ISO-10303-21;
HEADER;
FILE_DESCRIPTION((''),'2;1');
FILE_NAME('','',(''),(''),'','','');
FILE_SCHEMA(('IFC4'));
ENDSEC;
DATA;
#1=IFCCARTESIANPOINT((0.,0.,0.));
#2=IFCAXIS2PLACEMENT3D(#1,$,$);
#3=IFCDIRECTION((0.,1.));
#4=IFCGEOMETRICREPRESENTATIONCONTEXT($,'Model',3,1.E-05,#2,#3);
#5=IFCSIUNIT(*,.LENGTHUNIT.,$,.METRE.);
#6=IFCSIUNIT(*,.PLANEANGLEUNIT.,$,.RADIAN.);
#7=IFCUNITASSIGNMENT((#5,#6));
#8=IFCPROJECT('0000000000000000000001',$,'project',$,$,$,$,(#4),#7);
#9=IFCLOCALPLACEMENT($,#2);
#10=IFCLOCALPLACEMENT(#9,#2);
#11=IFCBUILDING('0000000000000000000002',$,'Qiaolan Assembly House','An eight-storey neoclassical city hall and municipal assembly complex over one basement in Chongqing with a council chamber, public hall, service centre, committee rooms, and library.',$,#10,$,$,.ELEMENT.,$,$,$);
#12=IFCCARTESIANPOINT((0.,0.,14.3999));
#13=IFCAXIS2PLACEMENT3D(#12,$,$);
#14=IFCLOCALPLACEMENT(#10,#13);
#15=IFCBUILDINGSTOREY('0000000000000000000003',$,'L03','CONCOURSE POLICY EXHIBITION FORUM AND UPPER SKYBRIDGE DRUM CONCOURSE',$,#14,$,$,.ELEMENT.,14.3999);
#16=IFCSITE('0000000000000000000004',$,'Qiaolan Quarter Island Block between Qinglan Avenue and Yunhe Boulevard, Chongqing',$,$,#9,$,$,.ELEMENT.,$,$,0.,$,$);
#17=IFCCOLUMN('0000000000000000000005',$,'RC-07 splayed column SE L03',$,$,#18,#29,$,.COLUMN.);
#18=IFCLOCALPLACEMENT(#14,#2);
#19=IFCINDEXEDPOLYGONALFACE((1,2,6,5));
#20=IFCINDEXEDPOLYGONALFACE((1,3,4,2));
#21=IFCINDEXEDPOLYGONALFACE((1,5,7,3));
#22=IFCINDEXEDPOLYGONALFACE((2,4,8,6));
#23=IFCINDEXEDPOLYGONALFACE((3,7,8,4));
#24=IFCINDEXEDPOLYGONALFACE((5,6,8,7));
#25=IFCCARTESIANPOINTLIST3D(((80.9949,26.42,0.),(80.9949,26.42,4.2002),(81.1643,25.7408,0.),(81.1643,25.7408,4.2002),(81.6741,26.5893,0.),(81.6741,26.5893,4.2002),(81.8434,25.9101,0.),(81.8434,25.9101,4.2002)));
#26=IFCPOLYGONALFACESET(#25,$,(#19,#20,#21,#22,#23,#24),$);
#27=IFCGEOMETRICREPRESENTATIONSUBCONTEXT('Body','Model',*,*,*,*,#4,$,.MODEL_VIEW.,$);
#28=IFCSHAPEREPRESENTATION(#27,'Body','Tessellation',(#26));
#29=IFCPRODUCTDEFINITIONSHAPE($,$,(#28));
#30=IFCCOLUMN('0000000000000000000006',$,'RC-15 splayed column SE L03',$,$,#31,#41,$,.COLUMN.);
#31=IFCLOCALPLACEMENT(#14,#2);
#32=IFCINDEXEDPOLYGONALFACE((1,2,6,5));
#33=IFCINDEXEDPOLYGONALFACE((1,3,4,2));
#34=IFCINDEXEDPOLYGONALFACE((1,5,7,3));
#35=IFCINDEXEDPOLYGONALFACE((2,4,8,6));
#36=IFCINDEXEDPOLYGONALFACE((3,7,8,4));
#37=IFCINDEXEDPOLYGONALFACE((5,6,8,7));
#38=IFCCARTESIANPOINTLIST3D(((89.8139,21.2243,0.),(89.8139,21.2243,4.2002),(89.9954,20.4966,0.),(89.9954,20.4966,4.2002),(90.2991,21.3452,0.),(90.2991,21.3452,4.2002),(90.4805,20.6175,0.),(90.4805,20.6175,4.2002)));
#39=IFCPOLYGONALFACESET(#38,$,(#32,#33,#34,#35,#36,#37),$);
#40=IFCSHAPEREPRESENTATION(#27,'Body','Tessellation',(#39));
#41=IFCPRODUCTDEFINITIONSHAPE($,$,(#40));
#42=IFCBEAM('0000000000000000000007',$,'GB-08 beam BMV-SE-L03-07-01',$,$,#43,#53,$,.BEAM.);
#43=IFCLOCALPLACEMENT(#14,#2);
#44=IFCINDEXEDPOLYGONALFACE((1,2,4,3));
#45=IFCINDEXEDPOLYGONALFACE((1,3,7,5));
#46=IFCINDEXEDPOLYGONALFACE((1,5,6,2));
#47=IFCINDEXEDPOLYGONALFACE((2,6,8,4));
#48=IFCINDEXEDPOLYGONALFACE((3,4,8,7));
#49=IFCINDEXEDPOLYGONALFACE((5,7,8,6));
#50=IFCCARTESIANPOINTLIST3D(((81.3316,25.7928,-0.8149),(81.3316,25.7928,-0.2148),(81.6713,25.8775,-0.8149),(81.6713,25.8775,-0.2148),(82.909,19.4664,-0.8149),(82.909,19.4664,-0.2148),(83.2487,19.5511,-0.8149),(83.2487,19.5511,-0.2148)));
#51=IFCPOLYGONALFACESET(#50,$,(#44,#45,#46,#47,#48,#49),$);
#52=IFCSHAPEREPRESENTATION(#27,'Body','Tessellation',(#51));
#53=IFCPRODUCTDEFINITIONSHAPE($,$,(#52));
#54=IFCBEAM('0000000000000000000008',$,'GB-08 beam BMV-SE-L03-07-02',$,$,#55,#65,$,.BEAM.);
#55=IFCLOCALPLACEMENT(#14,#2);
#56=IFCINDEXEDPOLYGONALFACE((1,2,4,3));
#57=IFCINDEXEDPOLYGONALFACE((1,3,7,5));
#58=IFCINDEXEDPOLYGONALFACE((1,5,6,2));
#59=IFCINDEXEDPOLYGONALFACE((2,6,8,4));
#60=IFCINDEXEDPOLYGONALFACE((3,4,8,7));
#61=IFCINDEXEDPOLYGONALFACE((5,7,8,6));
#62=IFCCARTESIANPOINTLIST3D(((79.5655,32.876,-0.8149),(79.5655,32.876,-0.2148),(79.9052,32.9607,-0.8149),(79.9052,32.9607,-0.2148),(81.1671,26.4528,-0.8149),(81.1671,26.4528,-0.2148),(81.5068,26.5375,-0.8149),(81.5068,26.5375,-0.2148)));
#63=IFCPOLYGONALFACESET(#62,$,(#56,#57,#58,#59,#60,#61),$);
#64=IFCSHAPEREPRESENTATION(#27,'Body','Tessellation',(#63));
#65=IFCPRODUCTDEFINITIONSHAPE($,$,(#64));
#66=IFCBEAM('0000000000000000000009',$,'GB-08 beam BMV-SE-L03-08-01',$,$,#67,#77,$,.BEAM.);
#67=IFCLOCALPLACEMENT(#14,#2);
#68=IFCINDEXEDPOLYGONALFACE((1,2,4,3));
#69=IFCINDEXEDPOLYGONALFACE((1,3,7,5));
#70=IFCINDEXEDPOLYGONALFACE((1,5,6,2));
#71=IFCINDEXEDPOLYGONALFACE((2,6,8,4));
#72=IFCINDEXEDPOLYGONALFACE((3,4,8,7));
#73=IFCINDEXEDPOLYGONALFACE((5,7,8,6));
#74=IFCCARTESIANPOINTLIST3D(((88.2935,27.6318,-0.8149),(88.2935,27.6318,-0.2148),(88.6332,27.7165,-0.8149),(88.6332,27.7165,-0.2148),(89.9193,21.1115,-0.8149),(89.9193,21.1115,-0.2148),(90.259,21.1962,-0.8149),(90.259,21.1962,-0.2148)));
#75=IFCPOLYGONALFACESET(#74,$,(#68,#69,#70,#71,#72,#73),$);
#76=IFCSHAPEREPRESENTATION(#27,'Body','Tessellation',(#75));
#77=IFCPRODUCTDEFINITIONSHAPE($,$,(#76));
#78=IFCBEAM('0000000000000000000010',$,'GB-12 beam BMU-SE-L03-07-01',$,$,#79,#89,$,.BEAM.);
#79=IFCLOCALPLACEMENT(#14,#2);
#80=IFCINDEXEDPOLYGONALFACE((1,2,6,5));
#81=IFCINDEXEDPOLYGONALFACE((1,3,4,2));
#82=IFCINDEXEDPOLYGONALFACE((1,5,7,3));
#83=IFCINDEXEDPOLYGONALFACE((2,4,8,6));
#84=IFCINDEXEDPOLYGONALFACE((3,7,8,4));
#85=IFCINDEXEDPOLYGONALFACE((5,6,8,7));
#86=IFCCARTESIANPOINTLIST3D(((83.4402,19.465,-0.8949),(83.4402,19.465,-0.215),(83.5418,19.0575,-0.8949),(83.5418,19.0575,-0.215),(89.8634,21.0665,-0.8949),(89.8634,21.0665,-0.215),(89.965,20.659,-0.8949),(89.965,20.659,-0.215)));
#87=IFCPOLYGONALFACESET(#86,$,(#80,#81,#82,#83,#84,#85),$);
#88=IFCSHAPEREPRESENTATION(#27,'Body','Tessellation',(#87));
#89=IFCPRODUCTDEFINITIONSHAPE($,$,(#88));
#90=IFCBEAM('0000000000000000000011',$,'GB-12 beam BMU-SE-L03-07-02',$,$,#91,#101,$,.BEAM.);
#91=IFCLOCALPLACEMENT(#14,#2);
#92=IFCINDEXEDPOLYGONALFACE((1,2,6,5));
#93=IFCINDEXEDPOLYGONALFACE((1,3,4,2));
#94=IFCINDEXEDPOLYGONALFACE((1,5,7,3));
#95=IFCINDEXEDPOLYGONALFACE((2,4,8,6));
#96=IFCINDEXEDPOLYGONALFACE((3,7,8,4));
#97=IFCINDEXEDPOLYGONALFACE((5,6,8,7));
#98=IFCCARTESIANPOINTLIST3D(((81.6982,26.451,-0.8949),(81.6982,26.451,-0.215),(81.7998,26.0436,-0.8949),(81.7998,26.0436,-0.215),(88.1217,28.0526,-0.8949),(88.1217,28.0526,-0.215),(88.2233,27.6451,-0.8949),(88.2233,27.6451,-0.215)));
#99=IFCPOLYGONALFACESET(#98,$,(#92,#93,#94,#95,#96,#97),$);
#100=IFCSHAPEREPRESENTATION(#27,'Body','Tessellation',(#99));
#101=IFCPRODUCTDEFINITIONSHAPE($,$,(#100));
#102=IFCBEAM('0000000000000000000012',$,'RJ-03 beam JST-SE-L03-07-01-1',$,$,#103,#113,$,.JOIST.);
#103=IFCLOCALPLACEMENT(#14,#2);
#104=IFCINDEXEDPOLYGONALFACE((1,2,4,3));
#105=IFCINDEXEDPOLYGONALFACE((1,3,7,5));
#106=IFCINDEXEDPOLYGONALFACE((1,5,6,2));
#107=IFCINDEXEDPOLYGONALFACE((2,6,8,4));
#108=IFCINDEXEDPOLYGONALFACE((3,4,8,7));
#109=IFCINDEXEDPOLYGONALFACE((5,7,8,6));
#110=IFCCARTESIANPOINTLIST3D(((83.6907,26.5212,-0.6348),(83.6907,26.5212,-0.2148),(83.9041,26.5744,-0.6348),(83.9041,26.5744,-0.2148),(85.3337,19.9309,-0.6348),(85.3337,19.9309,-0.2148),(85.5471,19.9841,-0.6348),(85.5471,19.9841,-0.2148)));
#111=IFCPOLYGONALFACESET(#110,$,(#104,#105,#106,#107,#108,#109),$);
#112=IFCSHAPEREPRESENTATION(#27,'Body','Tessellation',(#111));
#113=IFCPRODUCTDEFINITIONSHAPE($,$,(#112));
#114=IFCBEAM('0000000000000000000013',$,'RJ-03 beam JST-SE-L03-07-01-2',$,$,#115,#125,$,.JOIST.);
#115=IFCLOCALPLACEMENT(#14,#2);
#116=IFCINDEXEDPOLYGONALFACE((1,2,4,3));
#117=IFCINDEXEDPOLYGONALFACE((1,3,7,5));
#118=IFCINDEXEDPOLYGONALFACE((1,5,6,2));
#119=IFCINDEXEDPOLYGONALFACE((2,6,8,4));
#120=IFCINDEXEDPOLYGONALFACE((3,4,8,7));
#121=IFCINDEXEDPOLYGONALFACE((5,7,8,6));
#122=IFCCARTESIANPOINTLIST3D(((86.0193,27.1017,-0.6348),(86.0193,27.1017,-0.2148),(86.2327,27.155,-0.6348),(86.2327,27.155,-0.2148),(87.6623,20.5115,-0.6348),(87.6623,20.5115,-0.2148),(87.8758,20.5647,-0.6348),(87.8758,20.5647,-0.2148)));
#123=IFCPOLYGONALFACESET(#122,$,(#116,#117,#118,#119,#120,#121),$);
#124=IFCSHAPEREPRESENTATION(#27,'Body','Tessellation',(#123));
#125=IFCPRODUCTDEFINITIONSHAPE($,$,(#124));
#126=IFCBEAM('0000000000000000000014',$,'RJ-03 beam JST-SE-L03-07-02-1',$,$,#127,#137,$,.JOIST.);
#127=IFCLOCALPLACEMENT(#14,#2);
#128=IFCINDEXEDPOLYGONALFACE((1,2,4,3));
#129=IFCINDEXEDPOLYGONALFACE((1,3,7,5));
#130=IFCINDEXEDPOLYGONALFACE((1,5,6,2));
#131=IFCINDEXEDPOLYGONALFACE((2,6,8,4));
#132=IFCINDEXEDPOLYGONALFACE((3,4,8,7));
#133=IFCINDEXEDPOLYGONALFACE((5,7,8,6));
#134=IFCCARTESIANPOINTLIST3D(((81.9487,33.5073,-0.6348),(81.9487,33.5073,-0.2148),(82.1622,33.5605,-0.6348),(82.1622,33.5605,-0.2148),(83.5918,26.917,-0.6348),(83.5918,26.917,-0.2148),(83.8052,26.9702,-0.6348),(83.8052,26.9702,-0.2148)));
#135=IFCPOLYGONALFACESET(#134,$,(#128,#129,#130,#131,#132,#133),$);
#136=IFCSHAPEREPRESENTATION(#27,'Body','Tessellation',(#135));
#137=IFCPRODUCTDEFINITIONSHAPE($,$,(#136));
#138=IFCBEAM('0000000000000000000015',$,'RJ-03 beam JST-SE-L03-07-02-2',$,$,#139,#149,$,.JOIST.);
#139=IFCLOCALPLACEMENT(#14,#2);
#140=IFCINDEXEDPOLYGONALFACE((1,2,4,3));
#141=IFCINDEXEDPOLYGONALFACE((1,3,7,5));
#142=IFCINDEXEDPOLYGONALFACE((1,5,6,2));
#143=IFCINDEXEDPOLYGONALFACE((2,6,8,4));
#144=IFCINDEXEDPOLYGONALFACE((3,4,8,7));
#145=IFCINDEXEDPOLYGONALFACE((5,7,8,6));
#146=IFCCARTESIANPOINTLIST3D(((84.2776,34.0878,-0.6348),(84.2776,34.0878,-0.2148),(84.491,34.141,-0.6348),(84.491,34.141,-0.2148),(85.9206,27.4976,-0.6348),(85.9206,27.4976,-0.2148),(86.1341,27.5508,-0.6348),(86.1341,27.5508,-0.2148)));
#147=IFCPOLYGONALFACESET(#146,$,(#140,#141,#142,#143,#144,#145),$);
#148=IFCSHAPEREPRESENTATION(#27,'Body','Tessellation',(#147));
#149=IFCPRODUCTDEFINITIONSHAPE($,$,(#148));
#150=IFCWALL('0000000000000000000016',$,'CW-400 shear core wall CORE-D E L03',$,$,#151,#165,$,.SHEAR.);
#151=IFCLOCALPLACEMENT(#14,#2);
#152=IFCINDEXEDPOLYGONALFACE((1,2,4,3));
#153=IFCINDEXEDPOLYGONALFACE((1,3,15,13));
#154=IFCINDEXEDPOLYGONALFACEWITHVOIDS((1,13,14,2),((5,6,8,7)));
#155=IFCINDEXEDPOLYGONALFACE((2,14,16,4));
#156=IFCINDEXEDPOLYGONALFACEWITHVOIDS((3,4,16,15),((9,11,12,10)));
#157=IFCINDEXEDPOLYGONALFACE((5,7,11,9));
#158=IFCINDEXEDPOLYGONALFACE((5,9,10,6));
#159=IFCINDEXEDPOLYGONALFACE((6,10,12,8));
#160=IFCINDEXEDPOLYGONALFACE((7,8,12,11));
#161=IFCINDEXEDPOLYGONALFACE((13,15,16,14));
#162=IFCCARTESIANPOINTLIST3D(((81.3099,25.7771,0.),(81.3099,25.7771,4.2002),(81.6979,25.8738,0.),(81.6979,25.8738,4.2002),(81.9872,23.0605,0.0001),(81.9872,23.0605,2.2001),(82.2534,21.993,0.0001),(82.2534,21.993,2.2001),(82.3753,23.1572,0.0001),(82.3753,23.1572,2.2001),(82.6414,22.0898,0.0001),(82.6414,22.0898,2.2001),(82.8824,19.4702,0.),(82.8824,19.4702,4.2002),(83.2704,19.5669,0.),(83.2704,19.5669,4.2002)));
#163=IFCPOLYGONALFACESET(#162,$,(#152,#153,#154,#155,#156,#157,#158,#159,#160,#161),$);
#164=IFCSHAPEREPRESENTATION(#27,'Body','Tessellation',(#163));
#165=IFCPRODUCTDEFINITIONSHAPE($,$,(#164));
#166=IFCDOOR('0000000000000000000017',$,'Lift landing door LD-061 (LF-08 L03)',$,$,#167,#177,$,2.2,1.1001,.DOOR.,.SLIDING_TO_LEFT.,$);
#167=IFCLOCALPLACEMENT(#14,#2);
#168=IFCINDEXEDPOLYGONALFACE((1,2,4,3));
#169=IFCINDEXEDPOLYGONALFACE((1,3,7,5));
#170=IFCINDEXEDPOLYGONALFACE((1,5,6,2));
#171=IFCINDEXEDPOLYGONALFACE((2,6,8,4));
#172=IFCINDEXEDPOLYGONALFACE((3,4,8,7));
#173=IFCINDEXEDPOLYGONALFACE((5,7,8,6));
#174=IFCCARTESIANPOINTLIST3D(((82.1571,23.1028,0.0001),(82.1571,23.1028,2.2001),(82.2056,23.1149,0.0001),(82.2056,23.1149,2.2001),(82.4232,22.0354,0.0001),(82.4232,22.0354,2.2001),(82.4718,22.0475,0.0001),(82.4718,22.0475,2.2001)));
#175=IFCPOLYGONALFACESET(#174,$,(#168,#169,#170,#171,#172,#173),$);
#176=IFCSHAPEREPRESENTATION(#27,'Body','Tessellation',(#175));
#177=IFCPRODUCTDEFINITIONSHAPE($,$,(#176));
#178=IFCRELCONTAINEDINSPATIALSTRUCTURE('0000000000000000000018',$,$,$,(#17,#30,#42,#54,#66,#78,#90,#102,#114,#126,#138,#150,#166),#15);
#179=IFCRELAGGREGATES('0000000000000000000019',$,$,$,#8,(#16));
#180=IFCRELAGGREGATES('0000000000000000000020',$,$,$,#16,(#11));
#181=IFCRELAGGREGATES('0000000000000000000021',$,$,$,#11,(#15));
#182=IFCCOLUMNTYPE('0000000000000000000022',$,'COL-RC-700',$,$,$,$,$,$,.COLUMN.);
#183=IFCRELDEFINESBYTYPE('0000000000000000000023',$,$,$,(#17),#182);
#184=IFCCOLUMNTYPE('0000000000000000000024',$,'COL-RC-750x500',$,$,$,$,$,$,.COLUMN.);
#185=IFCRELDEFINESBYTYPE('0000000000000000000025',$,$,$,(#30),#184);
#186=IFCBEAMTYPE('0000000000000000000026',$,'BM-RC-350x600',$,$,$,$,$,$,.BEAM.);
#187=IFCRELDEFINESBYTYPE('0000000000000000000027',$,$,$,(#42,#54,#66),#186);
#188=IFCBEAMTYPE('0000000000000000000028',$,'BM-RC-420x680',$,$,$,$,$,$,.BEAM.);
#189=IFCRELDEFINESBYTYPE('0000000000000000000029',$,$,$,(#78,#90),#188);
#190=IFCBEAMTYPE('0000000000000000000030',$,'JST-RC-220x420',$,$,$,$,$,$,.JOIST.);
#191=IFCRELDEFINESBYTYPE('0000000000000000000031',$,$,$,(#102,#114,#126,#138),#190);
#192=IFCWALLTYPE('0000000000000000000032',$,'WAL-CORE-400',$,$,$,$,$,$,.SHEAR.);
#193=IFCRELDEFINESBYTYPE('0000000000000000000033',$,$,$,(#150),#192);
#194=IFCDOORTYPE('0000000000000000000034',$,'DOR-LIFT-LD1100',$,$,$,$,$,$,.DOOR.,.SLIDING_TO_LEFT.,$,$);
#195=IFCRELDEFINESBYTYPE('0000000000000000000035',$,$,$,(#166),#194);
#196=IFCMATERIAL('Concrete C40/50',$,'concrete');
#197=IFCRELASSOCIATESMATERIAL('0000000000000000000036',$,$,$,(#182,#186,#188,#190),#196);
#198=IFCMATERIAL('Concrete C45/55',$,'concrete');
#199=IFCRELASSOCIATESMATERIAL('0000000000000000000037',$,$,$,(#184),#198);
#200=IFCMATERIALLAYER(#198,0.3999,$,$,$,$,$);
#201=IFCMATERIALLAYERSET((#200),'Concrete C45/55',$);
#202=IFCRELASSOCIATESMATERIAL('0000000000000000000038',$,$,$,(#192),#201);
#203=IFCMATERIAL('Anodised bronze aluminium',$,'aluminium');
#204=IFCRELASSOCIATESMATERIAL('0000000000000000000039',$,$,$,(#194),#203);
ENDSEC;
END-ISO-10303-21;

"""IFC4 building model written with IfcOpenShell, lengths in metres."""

from ifc_helpers import new_model, si_unit, direction, frame, frame_2d, origin, origin_2d, place, context, subcontext, project, spatial, rectangle, extrude, material, layer, layer_set, material_profile, profile_set, type_object, element, fill, save


model = new_model("IFC4")

# Units and contexts
model_context = context("Model", 3, precision=1e-05, world=origin(), true_north=direction((0.0, 1.0)))
body_context = subcontext(model_context, "Body", "Model", "MODEL_VIEW")
ifc_project = project(units=[si_unit("LENGTHUNIT", "METRE"), si_unit("PLANEANGLEUNIT", "RADIAN")], contexts=[model_context])

# Site, building, storey
site_placement = place(None, origin())
site = spatial("IfcSite", under=ifc_project, at=site_placement, Name="Qiaolan Quarter Island Block between Qinglan Avenue and Yunhe Boulevard, Chongqing", CompositionType="ELEMENT", RefElevation=0.0)
building_placement = place(site_placement, origin())
building = spatial("IfcBuilding", under=site, at=building_placement, Name="Qiaolan Assembly House", Description="An eight-storey neoclassical city hall and municipal assembly complex over one basement in Chongqing with a council chamber, public hall, service centre, committee rooms, and library.", CompositionType="ELEMENT")
storey_placement = place(building_placement, frame((0.0, 0.0, 14.3999)))
storey = spatial("IfcBuildingStorey", under=building, at=storey_placement, Name="L03", Description="CONCOURSE POLICY EXHIBITION FORUM AND UPPER SKYBRIDGE DRUM CONCOURSE", CompositionType="ELEMENT", Elevation=14.3999)

# Columns
ifc_material_1 = material(Name="Concrete C40/50", Category="concrete")
ifc_material_profile_1 = material_profile(ifc_material_1, rectangle(XDim=0.7, YDim=0.7, at=origin_2d()), Name="RC 700x700")
ifc_profile_set_1 = profile_set([ifc_material_profile_1], Name="Concrete C40/50")
column_type_1 = type_object("IfcColumnType", Name="COL-RC-700", PredefinedType="COLUMN", material=ifc_profile_set_1)
column_1_placement = place(storey_placement, frame((81.4192, 26.165, 0.0), z_axis=(0.0, 0.0, 1.0), x_axis=(0.970296, 0.241922, 0.0)))
element("IfcColumn", 1, at=column_1_placement, inside=storey, type_object=column_type_1, Name="RC-07 splayed column SE L03", PredefinedType="COLUMN", context=body_context, shape_type="SweptSolid", body=[
    extrude(rectangle(XDim=0.7, YDim=0.7, at=origin_2d()), origin(), (0.0, 0.0, 1.0), 4.2002),
])
ifc_material_2 = material(Name="Concrete C45/55", Category="concrete")
ifc_material_profile_2 = material_profile(ifc_material_2, rectangle(XDim=0.5, YDim=0.75, at=origin_2d()), Name="RC 750x500")
ifc_profile_set_2 = profile_set([ifc_material_profile_2], Name="Concrete C45/55")
column_type_2 = type_object("IfcColumnType", Name="COL-RC-750x500", PredefinedType="COLUMN", material=ifc_profile_set_2)
column_2_placement = place(storey_placement, frame((90.1472, 20.9209, 0.0), z_axis=(0.0, 0.0, 1.0), x_axis=(0.970296, 0.241922, 0.0)))
element("IfcColumn", 2, at=column_2_placement, inside=storey, type_object=column_type_2, Name="RC-15 splayed column SE L03", PredefinedType="COLUMN", context=body_context, shape_type="SweptSolid", body=[
    extrude(rectangle(XDim=0.5, YDim=0.75, at=origin_2d()), origin(), (0.0, 0.0, 1.0), 4.2002),
])

# Beams
ifc_material_profile_3 = material_profile(ifc_material_1, rectangle(XDim=0.3501, YDim=0.6001, at=origin_2d()), Name="RCB 350x600")
ifc_profile_set_3 = profile_set([ifc_material_profile_3], Name="Concrete C40/50")
beam_type_1 = type_object("IfcBeamType", Name="BM-RC-350x600", PredefinedType="BEAM", material=ifc_profile_set_3)
beam_1_placement = place(storey_placement, frame((83.0789, 19.5088, -0.5149), z_axis=(-0.241928, 0.970294, 0.0), x_axis=(-0.970294, -0.241928, 0.0)))
element("IfcBeam", 3, at=beam_1_placement, inside=storey, type_object=beam_type_1, Name="GB-08 beam BMV-SE-L03-07-01", PredefinedType="BEAM", context=body_context, shape_type="SweptSolid", body=[
    extrude(rectangle(XDim=0.3501, YDim=0.6001, at=origin_2d()), origin(), (0.0, 0.0, 1.0), 6.52),
])
beam_2_placement = place(storey_placement, frame((81.3369, 26.4951, -0.5149), z_axis=(-0.241928, 0.970294, 0.0), x_axis=(-0.970294, -0.241928, 0.0)))
element("IfcBeam", 4, at=beam_2_placement, inside=storey, type_object=beam_type_1, Name="GB-08 beam BMV-SE-L03-07-02", PredefinedType="BEAM", context=body_context, shape_type="SweptSolid", body=[
    extrude(rectangle(XDim=0.3501, YDim=0.6001, at=origin_2d()), origin(), (0.0, 0.0, 1.0), 6.6199),
])
beam_3_placement = place(storey_placement, frame((90.0891, 21.1538, -0.5149), z_axis=(-0.241929, 0.970294, 0.0), x_axis=(-0.970294, -0.241929, 0.0)))
element("IfcBeam", 5, at=beam_3_placement, inside=storey, type_object=beam_type_1, Name="GB-08 beam BMV-SE-L03-08-01", PredefinedType="BEAM", context=body_context, shape_type="SweptSolid", body=[
    extrude(rectangle(XDim=0.3501, YDim=0.6001, at=origin_2d()), origin(), (0.0, 0.0, 1.0), 6.72),
])
ifc_material_profile_4 = material_profile(ifc_material_1, rectangle(XDim=0.4199, YDim=0.6799, at=origin_2d()), Name="RCB 420x680")
ifc_profile_set_4 = profile_set([ifc_material_profile_4], Name="Concrete C40/50")
beam_type_2 = type_object("IfcBeamType", Name="BM-RC-420x680", PredefinedType="BEAM", material=ifc_profile_set_4)
beam_4_placement = place(storey_placement, frame((83.491, 19.2612, -0.5549), z_axis=(0.970294, 0.241928, 0.0), x_axis=(-0.241928, 0.970294, 0.0)))
element("IfcBeam", 6, at=beam_4_placement, inside=storey, type_object=beam_type_2, Name="GB-12 beam BMU-SE-L03-07-01", PredefinedType="BEAM", context=body_context, shape_type="SweptSolid", body=[
    extrude(rectangle(XDim=0.4199, YDim=0.6799, at=origin_2d()), origin(), (0.0, 0.0, 1.0), 6.6199),
])
beam_5_placement = place(storey_placement, frame((81.749, 26.2473, -0.5549), z_axis=(0.970296, 0.241919, 0.0), x_axis=(-0.241919, 0.970296, 0.0)))
element("IfcBeam", 7, at=beam_5_placement, inside=storey, type_object=beam_type_2, Name="GB-12 beam BMU-SE-L03-07-02", PredefinedType="BEAM", context=body_context, shape_type="SweptSolid", body=[
    extrude(rectangle(XDim=0.4199, YDim=0.6799, at=origin_2d()), origin(), (0.0, 0.0, 1.0), 6.6201),
])
ifc_material_profile_5 = material_profile(ifc_material_1, rectangle(XDim=0.22, YDim=0.4199, at=origin_2d()), Name="RCB 220x420")
ifc_profile_set_5 = profile_set([ifc_material_profile_5], Name="Concrete C40/50")
beam_type_3 = type_object("IfcBeamType", Name="JST-RC-220x420", PredefinedType="JOIST", material=ifc_profile_set_5)
for number, where, z_axis, x_axis, name in (
    (8, (85.4404, 19.9575, -0.4248), (-0.24191, 0.970299, 0.0), (-0.970299, -0.24191, 0.0), "RJ-03 beam JST-SE-L03-07-01-1"),
    (9, (87.769, 20.5381, -0.4248), (-0.24191, 0.970299, 0.0), (-0.970299, -0.24191, 0.0), "RJ-03 beam JST-SE-L03-07-01-2"),
    (10, (83.6985, 26.9436, -0.4248), (-0.24191, 0.970299, 0.0), (-0.970299, -0.24191, 0.0), "RJ-03 beam JST-SE-L03-07-02-1"),
    (11, (86.0273, 27.5242, -0.4248), (-0.24191, 0.970299, 0.0), (-0.970299, -0.24191, 0.0), "RJ-03 beam JST-SE-L03-07-02-2"),
):
    element("IfcBeam", number, at=place(storey_placement, frame(where, z_axis=z_axis, x_axis=x_axis)), inside=storey, type_object=beam_type_3, Name=name, PredefinedType="JOIST", context=body_context, shape_type="SweptSolid", body=[
        extrude(rectangle(XDim=0.22, YDim=0.4199, at=origin_2d()), origin(), (0.0, 0.0, 1.0), 6.792),
    ])

# Wall, opening, door
ifc_layer_1 = layer(ifc_material_2, 0.3999)
ifc_layer_set_1 = layer_set([ifc_layer_1], Name="Concrete C45/55")
wall_type_1 = type_object("IfcWallType", Name="WAL-CORE-400", PredefinedType="SHEAR", material=ifc_layer_set_1)
wall_1_placement = place(storey_placement, frame((83.0764, 19.5186, 0.0), z_axis=(0.0, 0.0, 1.0), x_axis=(-0.241926, 0.970295, 0.0)))
wall_1 = element("IfcWall", 12, at=wall_1_placement, inside=storey, type_object=wall_type_1, Name="CW-400 shear core wall CORE-D E L03", PredefinedType="SHEAR", context=body_context, shape_type="SweptSolid", body=[
    extrude(rectangle(XDim=6.5, YDim=0.3999, at=frame_2d((3.25, 0.0))), origin(), (0.0, 0.0, 1.0), 4.2002),
])
opening_1_placement = place(wall_1_placement, frame((2.6001, 0.0, 0.0)))
opening_1 = element("IfcOpeningElement", 13, at=opening_1_placement, cuts=wall_1, PredefinedType="OPENING", context=body_context, shape_type="SweptSolid", body=[
    extrude(rectangle(XDim=1.1001, YDim=2.2, at=frame_2d((0.55, 1.1001))), frame((0.0, 0.21, 0.0), z_axis=(0.0, -1.0, 0.0), x_axis=(1.0, 0.0, 0.0)), (0.0, 0.0, 1.0), 0.4199),
])
ifc_material_3 = material(Name="Anodised bronze aluminium", Category="aluminium")
door_type_1 = type_object("IfcDoorType", Name="DOR-LIFT-LD1100", OperationType="SLIDING_TO_LEFT", PredefinedType="DOOR", material=ifc_material_3)
door_1_placement = place(opening_1_placement, origin())
door_1 = element("IfcDoor", 14, at=door_1_placement, inside=storey, type_object=door_type_1, Name="Lift landing door LD-061 (LF-08 L03)", OperationType="SLIDING_TO_LEFT", OverallHeight=2.2, OverallWidth=1.1001, PredefinedType="DOOR", context=body_context, shape_type="SweptSolid", body=[
    extrude(rectangle(XDim=1.1001, YDim=2.2, at=frame_2d((0.55, 1.1001))), frame((0.0, 0.0249, 0.0), z_axis=(0.0, -1.0, 0.0), x_axis=(1.0, 0.0, 0.0)), (0.0, 0.0, 1.0), 0.05),
])
fill(opening_1, door_1)

save(model, "model.ifc")
